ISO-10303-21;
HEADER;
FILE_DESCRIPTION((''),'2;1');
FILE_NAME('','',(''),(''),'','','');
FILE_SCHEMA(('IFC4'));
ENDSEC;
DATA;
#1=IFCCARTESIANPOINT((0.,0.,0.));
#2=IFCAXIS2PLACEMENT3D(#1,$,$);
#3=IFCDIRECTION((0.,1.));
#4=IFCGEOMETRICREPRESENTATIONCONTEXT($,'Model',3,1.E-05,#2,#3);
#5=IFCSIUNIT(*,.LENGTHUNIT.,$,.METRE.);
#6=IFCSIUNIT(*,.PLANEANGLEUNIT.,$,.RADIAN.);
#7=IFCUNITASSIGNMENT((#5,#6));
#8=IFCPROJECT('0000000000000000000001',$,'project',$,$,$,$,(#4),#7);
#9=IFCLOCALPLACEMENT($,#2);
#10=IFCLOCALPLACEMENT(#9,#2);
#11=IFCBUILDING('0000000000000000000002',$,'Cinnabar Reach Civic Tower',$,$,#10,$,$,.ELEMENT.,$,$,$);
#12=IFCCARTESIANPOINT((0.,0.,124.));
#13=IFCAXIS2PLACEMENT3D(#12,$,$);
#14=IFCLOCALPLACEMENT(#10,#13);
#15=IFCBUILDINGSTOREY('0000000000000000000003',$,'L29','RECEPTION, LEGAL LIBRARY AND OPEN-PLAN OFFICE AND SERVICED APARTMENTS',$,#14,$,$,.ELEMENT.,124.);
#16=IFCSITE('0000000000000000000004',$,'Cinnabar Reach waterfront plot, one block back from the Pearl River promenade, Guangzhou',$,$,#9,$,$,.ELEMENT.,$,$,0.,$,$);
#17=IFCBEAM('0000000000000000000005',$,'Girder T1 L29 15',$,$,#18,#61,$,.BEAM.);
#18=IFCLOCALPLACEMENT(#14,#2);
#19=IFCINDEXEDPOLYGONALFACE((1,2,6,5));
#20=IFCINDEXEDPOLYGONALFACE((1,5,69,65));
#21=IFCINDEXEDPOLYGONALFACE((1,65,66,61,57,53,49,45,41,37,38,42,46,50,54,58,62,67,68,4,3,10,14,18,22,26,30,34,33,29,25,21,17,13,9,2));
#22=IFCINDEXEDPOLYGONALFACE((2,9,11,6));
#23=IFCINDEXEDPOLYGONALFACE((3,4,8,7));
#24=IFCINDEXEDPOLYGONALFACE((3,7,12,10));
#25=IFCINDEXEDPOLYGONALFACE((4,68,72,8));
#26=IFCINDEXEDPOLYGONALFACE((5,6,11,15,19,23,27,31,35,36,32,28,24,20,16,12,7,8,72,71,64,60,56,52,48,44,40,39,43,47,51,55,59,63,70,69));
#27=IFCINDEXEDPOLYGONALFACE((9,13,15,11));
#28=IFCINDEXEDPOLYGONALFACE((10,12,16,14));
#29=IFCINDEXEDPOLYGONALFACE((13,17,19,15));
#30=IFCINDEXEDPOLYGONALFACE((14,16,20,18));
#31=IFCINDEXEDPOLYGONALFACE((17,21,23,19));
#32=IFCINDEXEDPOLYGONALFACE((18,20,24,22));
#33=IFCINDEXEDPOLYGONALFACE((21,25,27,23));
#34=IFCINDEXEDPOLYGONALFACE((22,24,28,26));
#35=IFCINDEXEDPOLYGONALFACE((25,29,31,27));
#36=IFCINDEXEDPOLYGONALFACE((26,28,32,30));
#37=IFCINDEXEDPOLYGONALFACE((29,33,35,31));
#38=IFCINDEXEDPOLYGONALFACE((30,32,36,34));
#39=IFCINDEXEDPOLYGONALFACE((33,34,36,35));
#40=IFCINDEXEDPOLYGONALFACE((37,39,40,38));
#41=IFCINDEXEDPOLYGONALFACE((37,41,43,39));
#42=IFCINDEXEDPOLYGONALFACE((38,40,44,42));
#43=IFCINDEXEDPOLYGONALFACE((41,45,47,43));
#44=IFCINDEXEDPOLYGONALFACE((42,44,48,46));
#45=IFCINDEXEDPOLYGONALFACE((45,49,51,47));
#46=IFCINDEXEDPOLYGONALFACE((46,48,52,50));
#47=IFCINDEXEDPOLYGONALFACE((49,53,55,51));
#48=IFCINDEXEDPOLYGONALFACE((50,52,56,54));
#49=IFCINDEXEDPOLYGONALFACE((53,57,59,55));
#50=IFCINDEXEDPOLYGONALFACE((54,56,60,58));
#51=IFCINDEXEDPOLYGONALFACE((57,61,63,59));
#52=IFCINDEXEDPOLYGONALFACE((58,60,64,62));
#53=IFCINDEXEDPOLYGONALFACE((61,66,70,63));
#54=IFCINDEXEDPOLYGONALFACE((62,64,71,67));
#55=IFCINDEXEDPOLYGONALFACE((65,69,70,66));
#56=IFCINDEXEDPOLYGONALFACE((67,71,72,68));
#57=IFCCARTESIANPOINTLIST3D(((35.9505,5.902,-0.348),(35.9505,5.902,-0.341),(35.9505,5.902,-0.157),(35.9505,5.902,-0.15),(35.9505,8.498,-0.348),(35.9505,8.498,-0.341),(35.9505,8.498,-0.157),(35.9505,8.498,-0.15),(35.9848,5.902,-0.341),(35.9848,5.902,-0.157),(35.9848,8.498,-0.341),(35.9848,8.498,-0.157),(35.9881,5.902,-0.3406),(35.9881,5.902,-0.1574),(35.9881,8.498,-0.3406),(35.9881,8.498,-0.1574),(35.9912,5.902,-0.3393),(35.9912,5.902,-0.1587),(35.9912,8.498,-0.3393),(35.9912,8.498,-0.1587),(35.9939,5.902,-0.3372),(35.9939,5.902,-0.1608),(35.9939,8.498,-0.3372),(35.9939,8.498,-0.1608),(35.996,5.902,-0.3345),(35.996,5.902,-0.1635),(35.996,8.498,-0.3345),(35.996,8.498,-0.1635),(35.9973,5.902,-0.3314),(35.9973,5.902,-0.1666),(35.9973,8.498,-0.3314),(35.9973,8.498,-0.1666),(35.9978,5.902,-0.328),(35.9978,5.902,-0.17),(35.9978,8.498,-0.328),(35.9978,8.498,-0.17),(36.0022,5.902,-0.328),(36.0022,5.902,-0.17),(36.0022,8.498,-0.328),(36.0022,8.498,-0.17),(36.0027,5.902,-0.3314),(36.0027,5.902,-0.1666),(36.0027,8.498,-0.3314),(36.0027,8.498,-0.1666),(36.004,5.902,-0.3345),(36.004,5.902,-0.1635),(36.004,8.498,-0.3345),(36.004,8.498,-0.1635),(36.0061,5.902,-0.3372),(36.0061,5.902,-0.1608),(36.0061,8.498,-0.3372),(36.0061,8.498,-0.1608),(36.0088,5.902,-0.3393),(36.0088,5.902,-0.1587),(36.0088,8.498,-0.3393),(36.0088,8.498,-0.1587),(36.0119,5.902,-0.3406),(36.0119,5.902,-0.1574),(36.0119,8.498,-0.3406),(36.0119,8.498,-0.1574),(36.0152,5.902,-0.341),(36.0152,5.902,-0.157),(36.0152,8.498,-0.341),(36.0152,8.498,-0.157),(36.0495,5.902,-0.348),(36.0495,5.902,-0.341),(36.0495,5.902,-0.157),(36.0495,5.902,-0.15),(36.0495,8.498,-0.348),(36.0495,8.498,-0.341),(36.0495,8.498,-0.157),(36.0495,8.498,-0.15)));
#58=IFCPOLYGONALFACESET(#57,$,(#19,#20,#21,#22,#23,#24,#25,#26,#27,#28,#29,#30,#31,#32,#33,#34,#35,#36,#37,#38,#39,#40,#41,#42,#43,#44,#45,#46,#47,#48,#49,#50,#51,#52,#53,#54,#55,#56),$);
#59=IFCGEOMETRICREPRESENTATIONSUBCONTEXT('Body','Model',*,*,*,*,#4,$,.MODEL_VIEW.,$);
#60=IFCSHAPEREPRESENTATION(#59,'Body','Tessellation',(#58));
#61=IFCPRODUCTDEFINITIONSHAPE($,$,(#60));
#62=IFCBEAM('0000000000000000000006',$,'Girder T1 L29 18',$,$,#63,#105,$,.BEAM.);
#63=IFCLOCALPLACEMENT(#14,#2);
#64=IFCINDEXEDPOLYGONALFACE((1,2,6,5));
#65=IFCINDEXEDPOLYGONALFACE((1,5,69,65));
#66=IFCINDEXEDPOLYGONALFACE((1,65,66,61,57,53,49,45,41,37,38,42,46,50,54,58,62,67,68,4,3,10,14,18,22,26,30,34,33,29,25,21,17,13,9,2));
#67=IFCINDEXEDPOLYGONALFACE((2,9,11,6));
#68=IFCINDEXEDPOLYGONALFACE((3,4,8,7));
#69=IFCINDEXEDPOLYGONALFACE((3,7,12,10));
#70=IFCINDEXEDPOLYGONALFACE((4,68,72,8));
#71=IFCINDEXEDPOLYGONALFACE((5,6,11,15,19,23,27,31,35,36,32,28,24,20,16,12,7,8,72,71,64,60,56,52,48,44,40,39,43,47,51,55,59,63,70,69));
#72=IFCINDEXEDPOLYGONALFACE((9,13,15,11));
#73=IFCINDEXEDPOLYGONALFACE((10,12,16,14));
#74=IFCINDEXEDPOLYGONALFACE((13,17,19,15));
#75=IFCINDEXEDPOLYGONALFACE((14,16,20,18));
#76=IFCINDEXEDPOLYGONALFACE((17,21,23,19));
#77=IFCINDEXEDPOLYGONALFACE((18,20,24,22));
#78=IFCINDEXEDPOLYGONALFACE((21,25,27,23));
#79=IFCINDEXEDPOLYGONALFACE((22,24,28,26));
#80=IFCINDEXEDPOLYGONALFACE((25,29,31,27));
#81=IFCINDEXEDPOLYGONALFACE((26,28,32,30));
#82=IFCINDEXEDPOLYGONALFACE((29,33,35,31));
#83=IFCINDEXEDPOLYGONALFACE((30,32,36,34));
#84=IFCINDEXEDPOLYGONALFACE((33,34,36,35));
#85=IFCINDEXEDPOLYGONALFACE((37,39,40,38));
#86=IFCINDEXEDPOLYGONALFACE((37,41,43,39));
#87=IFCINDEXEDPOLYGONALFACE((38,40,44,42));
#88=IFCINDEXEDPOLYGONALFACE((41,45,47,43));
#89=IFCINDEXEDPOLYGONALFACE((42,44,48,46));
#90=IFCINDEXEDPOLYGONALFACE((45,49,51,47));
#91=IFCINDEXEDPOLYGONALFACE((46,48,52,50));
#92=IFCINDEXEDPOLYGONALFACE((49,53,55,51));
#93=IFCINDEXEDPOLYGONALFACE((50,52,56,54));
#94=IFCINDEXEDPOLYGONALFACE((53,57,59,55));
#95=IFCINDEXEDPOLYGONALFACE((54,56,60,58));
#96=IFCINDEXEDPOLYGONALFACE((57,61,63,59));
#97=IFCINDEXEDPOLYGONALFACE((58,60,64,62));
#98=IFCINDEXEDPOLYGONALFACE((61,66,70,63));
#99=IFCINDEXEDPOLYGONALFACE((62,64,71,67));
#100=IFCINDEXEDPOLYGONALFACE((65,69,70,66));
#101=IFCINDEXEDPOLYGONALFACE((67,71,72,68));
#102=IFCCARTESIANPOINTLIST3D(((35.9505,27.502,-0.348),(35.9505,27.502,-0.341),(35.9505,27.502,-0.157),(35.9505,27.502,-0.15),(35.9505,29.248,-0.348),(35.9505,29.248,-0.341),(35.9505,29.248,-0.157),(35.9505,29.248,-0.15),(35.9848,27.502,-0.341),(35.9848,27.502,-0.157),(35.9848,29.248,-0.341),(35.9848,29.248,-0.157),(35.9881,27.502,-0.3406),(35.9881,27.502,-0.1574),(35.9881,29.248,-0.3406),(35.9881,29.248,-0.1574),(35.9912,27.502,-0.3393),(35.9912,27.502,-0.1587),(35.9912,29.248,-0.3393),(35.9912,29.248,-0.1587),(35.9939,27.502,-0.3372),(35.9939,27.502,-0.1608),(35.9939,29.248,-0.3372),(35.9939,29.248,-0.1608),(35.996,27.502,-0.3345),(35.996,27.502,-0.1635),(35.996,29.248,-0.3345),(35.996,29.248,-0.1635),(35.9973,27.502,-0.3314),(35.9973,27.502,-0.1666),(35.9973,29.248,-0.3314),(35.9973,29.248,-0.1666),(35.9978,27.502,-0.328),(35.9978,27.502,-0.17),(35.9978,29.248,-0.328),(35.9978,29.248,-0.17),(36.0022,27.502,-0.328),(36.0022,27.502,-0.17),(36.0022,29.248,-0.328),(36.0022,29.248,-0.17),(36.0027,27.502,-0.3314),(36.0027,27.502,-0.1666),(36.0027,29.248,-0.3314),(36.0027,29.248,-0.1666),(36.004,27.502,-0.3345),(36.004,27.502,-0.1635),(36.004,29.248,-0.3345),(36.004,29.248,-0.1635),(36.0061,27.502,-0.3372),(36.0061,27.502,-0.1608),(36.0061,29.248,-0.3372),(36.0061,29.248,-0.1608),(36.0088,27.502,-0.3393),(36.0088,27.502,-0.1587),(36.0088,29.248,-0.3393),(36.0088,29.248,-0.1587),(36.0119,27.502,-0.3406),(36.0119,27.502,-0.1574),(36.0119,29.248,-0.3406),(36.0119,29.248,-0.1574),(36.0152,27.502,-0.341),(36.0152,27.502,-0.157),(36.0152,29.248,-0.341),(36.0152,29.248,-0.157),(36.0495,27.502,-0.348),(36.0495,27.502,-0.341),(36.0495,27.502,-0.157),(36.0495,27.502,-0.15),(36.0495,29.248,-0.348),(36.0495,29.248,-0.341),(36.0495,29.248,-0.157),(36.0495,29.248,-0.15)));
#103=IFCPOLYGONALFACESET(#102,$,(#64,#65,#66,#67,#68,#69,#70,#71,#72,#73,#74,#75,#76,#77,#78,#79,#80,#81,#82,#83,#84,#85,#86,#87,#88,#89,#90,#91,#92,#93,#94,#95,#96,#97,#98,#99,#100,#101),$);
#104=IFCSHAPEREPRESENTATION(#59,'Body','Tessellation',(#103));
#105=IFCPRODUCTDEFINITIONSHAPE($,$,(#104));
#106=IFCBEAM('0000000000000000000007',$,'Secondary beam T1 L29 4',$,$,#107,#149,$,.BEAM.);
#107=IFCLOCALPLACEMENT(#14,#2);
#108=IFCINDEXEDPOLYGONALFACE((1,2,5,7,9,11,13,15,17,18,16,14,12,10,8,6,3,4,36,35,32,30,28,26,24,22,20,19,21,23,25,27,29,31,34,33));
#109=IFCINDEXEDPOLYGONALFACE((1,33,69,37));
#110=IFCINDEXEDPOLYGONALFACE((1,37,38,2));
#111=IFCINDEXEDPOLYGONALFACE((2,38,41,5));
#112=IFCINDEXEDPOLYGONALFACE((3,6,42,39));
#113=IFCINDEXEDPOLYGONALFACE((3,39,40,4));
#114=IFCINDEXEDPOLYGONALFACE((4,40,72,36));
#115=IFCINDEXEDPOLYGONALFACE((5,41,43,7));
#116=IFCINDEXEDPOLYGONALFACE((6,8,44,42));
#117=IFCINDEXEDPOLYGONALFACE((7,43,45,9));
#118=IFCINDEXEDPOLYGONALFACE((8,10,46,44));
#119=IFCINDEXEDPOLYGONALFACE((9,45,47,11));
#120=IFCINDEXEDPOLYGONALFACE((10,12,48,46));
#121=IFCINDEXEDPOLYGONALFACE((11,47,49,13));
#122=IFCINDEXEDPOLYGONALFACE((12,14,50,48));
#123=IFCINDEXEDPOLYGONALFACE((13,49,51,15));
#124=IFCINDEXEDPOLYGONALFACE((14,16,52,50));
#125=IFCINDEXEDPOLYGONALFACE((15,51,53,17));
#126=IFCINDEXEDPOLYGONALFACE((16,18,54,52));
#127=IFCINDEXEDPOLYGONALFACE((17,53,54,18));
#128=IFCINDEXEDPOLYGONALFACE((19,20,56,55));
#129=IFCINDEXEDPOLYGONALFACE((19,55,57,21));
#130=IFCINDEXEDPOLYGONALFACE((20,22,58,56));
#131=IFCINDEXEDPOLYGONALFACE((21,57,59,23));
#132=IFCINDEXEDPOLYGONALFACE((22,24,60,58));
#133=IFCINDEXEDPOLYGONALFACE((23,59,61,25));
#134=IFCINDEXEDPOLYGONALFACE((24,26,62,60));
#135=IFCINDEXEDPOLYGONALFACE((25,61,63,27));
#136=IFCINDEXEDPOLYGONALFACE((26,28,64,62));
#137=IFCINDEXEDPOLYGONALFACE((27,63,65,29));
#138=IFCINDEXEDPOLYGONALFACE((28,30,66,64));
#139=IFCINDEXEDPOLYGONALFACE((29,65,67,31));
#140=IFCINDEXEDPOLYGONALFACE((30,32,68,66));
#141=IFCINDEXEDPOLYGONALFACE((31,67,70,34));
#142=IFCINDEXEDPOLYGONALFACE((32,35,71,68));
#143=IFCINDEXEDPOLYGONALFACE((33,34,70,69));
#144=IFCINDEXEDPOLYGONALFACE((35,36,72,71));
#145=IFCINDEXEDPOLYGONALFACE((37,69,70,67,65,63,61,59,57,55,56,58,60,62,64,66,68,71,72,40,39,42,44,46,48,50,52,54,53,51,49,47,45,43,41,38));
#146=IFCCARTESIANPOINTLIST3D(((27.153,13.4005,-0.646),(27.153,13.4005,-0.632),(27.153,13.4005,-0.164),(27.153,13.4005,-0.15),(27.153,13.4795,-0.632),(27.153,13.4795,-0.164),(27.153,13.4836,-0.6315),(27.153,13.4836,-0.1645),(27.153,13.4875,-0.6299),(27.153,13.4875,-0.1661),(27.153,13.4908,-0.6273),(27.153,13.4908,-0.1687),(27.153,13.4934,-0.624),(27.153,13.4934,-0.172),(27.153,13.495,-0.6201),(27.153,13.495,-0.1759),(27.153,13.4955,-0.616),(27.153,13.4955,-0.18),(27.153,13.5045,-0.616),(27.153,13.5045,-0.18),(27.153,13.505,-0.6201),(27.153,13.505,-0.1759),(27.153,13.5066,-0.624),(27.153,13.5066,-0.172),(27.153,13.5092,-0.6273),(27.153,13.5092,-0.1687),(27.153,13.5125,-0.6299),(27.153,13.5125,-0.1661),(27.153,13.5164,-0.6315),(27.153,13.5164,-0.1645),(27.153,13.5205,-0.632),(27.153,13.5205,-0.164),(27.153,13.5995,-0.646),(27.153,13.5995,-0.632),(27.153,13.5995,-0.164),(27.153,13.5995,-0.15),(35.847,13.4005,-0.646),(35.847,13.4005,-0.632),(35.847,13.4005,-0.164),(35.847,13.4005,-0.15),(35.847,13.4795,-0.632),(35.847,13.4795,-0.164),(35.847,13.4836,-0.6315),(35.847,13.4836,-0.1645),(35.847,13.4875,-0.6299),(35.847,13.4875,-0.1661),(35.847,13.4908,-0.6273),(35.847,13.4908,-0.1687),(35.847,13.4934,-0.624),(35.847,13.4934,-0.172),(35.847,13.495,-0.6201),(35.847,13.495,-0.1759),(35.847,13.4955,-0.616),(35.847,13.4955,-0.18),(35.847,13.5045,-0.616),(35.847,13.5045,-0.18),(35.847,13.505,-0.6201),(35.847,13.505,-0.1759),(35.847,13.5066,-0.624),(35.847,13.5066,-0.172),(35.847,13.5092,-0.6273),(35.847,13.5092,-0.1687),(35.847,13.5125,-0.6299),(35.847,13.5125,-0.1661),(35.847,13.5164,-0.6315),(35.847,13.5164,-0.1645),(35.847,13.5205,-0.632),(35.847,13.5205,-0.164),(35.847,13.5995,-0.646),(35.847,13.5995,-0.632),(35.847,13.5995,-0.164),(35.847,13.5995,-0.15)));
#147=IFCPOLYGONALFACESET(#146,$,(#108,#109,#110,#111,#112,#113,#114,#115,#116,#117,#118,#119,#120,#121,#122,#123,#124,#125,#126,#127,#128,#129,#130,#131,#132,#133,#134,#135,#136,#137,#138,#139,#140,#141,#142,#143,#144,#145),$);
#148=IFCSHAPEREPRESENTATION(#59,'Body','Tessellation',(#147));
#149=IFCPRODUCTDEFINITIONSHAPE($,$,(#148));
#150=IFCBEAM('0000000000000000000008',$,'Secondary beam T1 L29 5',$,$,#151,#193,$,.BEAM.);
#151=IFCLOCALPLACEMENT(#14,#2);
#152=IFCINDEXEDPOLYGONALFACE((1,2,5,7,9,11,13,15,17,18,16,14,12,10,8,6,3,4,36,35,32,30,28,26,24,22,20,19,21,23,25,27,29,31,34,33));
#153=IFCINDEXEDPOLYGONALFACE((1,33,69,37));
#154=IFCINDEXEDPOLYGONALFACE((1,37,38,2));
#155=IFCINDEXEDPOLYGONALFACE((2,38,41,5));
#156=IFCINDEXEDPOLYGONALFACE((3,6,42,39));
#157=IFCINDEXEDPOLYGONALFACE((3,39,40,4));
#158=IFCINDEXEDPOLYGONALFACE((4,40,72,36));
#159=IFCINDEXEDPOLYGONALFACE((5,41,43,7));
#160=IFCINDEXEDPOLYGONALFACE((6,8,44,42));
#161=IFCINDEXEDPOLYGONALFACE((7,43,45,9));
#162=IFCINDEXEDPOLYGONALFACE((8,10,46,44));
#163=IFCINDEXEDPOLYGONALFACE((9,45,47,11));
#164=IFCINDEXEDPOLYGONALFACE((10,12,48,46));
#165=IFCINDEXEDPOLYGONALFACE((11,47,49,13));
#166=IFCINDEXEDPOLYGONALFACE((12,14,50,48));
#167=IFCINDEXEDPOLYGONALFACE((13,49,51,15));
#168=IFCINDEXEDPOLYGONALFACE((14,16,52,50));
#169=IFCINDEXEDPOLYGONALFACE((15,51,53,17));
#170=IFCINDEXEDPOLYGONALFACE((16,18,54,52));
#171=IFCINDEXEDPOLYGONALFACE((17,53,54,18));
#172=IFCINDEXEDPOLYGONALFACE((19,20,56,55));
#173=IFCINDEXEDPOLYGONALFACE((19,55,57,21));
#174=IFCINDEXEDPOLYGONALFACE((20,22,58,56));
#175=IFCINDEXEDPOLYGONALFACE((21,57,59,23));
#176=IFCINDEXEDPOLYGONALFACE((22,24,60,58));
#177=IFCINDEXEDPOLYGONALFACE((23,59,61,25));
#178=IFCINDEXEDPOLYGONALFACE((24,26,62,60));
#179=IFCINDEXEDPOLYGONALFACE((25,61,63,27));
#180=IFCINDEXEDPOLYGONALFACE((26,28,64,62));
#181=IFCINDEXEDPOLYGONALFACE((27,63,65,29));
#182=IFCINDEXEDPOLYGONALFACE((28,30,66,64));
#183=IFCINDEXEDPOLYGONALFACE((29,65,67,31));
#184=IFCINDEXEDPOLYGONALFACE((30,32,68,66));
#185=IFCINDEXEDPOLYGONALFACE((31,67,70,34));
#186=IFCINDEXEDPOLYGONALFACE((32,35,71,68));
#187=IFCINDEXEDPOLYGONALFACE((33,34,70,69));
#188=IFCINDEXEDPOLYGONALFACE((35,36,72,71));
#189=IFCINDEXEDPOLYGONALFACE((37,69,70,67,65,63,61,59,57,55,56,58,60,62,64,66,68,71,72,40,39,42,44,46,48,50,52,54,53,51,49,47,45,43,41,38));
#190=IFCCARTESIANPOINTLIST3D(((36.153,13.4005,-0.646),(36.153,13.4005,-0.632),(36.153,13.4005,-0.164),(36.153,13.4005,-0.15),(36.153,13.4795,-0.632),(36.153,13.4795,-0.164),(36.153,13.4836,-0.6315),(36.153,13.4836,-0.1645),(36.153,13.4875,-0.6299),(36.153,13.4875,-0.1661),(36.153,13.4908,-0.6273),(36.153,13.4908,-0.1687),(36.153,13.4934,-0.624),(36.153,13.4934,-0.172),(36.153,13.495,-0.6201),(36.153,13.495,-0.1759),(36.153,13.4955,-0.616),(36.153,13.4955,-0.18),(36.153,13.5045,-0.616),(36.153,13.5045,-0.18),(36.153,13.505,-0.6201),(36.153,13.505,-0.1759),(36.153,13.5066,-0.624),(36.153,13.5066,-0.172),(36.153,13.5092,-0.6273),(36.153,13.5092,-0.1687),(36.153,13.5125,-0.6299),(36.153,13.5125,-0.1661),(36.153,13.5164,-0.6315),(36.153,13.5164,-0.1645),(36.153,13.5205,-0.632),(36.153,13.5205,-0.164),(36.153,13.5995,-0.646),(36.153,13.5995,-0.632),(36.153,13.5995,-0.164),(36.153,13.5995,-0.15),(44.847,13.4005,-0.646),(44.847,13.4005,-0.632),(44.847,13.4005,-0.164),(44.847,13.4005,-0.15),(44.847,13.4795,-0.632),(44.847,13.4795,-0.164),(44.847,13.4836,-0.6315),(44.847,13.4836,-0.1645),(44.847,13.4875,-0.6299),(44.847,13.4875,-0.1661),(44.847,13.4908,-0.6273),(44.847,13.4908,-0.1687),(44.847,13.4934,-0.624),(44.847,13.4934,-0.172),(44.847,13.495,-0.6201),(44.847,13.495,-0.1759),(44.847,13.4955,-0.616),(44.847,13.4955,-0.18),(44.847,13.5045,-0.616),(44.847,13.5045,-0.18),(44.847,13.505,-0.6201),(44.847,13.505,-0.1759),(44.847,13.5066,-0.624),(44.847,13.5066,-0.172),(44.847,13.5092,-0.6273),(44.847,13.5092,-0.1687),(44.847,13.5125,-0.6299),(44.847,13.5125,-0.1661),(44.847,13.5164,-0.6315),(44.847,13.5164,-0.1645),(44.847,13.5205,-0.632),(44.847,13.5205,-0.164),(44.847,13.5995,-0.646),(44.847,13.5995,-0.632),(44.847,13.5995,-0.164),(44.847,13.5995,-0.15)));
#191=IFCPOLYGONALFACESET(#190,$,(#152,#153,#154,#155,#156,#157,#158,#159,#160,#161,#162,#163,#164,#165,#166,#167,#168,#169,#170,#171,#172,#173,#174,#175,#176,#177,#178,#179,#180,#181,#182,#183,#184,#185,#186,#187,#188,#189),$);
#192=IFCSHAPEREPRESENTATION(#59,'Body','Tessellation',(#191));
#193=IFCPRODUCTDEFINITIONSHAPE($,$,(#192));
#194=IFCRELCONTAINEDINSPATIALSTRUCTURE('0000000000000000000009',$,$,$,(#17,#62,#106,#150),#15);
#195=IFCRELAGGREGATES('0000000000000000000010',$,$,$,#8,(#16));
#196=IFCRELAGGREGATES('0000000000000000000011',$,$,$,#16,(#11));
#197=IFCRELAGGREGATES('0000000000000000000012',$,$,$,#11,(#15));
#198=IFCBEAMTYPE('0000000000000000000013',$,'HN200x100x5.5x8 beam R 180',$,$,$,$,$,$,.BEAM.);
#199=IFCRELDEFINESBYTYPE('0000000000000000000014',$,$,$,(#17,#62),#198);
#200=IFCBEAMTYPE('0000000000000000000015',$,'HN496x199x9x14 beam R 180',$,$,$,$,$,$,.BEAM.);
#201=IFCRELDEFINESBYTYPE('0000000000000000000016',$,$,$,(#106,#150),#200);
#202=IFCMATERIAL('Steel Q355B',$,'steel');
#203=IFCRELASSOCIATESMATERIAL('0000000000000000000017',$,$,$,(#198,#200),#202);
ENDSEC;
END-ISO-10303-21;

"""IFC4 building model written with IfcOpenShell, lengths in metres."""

from ifc_helpers import new_model, si_unit, direction, frame, origin, origin_2d, place, context, subcontext, project, spatial, i_section, extrude, material, material_profile, profile_set, type_object, element, save


model = new_model("IFC4")

# Units and contexts
model_context = context("Model", 3, precision=1e-05, world=origin(), true_north=direction((0.0, 1.0)))
body_context = subcontext(model_context, "Body", "Model", "MODEL_VIEW")
ifc_project = project(units=[si_unit("LENGTHUNIT", "METRE"), si_unit("PLANEANGLEUNIT", "RADIAN")], contexts=[model_context])

# Site, building, storey
site_placement = place(None, origin())
site = spatial("IfcSite", under=ifc_project, at=site_placement, Name="Cinnabar Reach waterfront plot, one block back from the Pearl River promenade, Guangzhou", CompositionType="ELEMENT", RefElevation=0.0)
building_placement = place(site_placement, origin())
building = spatial("IfcBuilding", under=site, at=building_placement, Name="Cinnabar Reach Civic Tower", CompositionType="ELEMENT")
storey_placement = place(building_placement, frame((0.0, 0.0, 124.0)))
storey = spatial("IfcBuildingStorey", under=building, at=storey_placement, Name="L29", Description="RECEPTION, LEGAL LIBRARY AND OPEN-PLAN OFFICE AND SERVICED APARTMENTS", CompositionType="ELEMENT", Elevation=124.0)

# Beams
ifc_material_1 = material(Name="Steel Q355B", Category="steel")
ifc_material_profile_1 = material_profile(ifc_material_1, i_section(OverallWidth=0.099, OverallDepth=0.198, WebThickness=0.0045, FlangeThickness=0.007, FilletRadius=0.013, at=origin_2d()), Name="HN200x100x5.5x8")
ifc_profile_set_1 = profile_set([ifc_material_profile_1], Name="Steel Q355B")
beam_type_1 = type_object("IfcBeamType", Name="HN200x100x5.5x8 beam R 180", PredefinedType="BEAM", material=ifc_profile_set_1)
for number, where, z_axis, x_axis, name in (
    (1, (36.0, 5.902, -0.249), (0.0, 1.0, 0.0), (-1.0, 0.0, 0.0), "Girder T1 L29 15"),
):
    element("IfcBeam", number, at=place(storey_placement, frame(where, z_axis=z_axis, x_axis=x_axis)), inside=storey, type_object=beam_type_1, Name=name, PredefinedType="BEAM", context=body_context, shape_type="SweptSolid", body=[
        extrude(i_section(OverallWidth=0.099, OverallDepth=0.198, WebThickness=0.0045, FlangeThickness=0.007, FilletRadius=0.013, at=origin_2d()), origin(), (0.0, 0.0, 1.0), 2.596),
    ])
beam_1_placement = place(storey_placement, frame((36.0, 27.502, -0.249), z_axis=(0.0, 1.0, 0.0), x_axis=(-1.0, 0.0, 0.0)))
element("IfcBeam", 2, at=beam_1_placement, inside=storey, type_object=beam_type_1, Name="Girder T1 L29 18", PredefinedType="BEAM", context=body_context, shape_type="SweptSolid", body=[
    extrude(i_section(OverallWidth=0.099, OverallDepth=0.198, WebThickness=0.0045, FlangeThickness=0.007, FilletRadius=0.013, at=origin_2d()), origin(), (0.0, 0.0, 1.0), 1.746),
])
ifc_material_profile_2 = material_profile(ifc_material_1, i_section(OverallWidth=0.199, OverallDepth=0.496, WebThickness=0.009, FlangeThickness=0.014, FilletRadius=0.016, at=origin_2d()), Name="HN496x199x9x14")
ifc_profile_set_2 = profile_set([ifc_material_profile_2], Name="Steel Q355B")
beam_type_2 = type_object("IfcBeamType", Name="HN496x199x9x14 beam R 180", PredefinedType="BEAM", material=ifc_profile_set_2)
for number, where, z_axis, x_axis, name in (
    (3, (27.153, 13.5, -0.398), (1.0, 0.0, 0.0), (0.0, 1.0, 0.0), "Secondary beam T1 L29 4"),
    (4, (36.153, 13.5, -0.398), (1.0, 0.0, 0.0), (0.0, 1.0, 0.0), "Secondary beam T1 L29 5"),
):
    element("IfcBeam", number, at=place(storey_placement, frame(where, z_axis=z_axis, x_axis=x_axis)), inside=storey, type_object=beam_type_2, Name=name, PredefinedType="BEAM", context=body_context, shape_type="SweptSolid", body=[
        extrude(i_section(OverallWidth=0.199, OverallDepth=0.496, WebThickness=0.009, FlangeThickness=0.014, FilletRadius=0.016, at=origin_2d()), origin(), (0.0, 0.0, 1.0), 8.694),
    ])

save(model, "model.ifc")
